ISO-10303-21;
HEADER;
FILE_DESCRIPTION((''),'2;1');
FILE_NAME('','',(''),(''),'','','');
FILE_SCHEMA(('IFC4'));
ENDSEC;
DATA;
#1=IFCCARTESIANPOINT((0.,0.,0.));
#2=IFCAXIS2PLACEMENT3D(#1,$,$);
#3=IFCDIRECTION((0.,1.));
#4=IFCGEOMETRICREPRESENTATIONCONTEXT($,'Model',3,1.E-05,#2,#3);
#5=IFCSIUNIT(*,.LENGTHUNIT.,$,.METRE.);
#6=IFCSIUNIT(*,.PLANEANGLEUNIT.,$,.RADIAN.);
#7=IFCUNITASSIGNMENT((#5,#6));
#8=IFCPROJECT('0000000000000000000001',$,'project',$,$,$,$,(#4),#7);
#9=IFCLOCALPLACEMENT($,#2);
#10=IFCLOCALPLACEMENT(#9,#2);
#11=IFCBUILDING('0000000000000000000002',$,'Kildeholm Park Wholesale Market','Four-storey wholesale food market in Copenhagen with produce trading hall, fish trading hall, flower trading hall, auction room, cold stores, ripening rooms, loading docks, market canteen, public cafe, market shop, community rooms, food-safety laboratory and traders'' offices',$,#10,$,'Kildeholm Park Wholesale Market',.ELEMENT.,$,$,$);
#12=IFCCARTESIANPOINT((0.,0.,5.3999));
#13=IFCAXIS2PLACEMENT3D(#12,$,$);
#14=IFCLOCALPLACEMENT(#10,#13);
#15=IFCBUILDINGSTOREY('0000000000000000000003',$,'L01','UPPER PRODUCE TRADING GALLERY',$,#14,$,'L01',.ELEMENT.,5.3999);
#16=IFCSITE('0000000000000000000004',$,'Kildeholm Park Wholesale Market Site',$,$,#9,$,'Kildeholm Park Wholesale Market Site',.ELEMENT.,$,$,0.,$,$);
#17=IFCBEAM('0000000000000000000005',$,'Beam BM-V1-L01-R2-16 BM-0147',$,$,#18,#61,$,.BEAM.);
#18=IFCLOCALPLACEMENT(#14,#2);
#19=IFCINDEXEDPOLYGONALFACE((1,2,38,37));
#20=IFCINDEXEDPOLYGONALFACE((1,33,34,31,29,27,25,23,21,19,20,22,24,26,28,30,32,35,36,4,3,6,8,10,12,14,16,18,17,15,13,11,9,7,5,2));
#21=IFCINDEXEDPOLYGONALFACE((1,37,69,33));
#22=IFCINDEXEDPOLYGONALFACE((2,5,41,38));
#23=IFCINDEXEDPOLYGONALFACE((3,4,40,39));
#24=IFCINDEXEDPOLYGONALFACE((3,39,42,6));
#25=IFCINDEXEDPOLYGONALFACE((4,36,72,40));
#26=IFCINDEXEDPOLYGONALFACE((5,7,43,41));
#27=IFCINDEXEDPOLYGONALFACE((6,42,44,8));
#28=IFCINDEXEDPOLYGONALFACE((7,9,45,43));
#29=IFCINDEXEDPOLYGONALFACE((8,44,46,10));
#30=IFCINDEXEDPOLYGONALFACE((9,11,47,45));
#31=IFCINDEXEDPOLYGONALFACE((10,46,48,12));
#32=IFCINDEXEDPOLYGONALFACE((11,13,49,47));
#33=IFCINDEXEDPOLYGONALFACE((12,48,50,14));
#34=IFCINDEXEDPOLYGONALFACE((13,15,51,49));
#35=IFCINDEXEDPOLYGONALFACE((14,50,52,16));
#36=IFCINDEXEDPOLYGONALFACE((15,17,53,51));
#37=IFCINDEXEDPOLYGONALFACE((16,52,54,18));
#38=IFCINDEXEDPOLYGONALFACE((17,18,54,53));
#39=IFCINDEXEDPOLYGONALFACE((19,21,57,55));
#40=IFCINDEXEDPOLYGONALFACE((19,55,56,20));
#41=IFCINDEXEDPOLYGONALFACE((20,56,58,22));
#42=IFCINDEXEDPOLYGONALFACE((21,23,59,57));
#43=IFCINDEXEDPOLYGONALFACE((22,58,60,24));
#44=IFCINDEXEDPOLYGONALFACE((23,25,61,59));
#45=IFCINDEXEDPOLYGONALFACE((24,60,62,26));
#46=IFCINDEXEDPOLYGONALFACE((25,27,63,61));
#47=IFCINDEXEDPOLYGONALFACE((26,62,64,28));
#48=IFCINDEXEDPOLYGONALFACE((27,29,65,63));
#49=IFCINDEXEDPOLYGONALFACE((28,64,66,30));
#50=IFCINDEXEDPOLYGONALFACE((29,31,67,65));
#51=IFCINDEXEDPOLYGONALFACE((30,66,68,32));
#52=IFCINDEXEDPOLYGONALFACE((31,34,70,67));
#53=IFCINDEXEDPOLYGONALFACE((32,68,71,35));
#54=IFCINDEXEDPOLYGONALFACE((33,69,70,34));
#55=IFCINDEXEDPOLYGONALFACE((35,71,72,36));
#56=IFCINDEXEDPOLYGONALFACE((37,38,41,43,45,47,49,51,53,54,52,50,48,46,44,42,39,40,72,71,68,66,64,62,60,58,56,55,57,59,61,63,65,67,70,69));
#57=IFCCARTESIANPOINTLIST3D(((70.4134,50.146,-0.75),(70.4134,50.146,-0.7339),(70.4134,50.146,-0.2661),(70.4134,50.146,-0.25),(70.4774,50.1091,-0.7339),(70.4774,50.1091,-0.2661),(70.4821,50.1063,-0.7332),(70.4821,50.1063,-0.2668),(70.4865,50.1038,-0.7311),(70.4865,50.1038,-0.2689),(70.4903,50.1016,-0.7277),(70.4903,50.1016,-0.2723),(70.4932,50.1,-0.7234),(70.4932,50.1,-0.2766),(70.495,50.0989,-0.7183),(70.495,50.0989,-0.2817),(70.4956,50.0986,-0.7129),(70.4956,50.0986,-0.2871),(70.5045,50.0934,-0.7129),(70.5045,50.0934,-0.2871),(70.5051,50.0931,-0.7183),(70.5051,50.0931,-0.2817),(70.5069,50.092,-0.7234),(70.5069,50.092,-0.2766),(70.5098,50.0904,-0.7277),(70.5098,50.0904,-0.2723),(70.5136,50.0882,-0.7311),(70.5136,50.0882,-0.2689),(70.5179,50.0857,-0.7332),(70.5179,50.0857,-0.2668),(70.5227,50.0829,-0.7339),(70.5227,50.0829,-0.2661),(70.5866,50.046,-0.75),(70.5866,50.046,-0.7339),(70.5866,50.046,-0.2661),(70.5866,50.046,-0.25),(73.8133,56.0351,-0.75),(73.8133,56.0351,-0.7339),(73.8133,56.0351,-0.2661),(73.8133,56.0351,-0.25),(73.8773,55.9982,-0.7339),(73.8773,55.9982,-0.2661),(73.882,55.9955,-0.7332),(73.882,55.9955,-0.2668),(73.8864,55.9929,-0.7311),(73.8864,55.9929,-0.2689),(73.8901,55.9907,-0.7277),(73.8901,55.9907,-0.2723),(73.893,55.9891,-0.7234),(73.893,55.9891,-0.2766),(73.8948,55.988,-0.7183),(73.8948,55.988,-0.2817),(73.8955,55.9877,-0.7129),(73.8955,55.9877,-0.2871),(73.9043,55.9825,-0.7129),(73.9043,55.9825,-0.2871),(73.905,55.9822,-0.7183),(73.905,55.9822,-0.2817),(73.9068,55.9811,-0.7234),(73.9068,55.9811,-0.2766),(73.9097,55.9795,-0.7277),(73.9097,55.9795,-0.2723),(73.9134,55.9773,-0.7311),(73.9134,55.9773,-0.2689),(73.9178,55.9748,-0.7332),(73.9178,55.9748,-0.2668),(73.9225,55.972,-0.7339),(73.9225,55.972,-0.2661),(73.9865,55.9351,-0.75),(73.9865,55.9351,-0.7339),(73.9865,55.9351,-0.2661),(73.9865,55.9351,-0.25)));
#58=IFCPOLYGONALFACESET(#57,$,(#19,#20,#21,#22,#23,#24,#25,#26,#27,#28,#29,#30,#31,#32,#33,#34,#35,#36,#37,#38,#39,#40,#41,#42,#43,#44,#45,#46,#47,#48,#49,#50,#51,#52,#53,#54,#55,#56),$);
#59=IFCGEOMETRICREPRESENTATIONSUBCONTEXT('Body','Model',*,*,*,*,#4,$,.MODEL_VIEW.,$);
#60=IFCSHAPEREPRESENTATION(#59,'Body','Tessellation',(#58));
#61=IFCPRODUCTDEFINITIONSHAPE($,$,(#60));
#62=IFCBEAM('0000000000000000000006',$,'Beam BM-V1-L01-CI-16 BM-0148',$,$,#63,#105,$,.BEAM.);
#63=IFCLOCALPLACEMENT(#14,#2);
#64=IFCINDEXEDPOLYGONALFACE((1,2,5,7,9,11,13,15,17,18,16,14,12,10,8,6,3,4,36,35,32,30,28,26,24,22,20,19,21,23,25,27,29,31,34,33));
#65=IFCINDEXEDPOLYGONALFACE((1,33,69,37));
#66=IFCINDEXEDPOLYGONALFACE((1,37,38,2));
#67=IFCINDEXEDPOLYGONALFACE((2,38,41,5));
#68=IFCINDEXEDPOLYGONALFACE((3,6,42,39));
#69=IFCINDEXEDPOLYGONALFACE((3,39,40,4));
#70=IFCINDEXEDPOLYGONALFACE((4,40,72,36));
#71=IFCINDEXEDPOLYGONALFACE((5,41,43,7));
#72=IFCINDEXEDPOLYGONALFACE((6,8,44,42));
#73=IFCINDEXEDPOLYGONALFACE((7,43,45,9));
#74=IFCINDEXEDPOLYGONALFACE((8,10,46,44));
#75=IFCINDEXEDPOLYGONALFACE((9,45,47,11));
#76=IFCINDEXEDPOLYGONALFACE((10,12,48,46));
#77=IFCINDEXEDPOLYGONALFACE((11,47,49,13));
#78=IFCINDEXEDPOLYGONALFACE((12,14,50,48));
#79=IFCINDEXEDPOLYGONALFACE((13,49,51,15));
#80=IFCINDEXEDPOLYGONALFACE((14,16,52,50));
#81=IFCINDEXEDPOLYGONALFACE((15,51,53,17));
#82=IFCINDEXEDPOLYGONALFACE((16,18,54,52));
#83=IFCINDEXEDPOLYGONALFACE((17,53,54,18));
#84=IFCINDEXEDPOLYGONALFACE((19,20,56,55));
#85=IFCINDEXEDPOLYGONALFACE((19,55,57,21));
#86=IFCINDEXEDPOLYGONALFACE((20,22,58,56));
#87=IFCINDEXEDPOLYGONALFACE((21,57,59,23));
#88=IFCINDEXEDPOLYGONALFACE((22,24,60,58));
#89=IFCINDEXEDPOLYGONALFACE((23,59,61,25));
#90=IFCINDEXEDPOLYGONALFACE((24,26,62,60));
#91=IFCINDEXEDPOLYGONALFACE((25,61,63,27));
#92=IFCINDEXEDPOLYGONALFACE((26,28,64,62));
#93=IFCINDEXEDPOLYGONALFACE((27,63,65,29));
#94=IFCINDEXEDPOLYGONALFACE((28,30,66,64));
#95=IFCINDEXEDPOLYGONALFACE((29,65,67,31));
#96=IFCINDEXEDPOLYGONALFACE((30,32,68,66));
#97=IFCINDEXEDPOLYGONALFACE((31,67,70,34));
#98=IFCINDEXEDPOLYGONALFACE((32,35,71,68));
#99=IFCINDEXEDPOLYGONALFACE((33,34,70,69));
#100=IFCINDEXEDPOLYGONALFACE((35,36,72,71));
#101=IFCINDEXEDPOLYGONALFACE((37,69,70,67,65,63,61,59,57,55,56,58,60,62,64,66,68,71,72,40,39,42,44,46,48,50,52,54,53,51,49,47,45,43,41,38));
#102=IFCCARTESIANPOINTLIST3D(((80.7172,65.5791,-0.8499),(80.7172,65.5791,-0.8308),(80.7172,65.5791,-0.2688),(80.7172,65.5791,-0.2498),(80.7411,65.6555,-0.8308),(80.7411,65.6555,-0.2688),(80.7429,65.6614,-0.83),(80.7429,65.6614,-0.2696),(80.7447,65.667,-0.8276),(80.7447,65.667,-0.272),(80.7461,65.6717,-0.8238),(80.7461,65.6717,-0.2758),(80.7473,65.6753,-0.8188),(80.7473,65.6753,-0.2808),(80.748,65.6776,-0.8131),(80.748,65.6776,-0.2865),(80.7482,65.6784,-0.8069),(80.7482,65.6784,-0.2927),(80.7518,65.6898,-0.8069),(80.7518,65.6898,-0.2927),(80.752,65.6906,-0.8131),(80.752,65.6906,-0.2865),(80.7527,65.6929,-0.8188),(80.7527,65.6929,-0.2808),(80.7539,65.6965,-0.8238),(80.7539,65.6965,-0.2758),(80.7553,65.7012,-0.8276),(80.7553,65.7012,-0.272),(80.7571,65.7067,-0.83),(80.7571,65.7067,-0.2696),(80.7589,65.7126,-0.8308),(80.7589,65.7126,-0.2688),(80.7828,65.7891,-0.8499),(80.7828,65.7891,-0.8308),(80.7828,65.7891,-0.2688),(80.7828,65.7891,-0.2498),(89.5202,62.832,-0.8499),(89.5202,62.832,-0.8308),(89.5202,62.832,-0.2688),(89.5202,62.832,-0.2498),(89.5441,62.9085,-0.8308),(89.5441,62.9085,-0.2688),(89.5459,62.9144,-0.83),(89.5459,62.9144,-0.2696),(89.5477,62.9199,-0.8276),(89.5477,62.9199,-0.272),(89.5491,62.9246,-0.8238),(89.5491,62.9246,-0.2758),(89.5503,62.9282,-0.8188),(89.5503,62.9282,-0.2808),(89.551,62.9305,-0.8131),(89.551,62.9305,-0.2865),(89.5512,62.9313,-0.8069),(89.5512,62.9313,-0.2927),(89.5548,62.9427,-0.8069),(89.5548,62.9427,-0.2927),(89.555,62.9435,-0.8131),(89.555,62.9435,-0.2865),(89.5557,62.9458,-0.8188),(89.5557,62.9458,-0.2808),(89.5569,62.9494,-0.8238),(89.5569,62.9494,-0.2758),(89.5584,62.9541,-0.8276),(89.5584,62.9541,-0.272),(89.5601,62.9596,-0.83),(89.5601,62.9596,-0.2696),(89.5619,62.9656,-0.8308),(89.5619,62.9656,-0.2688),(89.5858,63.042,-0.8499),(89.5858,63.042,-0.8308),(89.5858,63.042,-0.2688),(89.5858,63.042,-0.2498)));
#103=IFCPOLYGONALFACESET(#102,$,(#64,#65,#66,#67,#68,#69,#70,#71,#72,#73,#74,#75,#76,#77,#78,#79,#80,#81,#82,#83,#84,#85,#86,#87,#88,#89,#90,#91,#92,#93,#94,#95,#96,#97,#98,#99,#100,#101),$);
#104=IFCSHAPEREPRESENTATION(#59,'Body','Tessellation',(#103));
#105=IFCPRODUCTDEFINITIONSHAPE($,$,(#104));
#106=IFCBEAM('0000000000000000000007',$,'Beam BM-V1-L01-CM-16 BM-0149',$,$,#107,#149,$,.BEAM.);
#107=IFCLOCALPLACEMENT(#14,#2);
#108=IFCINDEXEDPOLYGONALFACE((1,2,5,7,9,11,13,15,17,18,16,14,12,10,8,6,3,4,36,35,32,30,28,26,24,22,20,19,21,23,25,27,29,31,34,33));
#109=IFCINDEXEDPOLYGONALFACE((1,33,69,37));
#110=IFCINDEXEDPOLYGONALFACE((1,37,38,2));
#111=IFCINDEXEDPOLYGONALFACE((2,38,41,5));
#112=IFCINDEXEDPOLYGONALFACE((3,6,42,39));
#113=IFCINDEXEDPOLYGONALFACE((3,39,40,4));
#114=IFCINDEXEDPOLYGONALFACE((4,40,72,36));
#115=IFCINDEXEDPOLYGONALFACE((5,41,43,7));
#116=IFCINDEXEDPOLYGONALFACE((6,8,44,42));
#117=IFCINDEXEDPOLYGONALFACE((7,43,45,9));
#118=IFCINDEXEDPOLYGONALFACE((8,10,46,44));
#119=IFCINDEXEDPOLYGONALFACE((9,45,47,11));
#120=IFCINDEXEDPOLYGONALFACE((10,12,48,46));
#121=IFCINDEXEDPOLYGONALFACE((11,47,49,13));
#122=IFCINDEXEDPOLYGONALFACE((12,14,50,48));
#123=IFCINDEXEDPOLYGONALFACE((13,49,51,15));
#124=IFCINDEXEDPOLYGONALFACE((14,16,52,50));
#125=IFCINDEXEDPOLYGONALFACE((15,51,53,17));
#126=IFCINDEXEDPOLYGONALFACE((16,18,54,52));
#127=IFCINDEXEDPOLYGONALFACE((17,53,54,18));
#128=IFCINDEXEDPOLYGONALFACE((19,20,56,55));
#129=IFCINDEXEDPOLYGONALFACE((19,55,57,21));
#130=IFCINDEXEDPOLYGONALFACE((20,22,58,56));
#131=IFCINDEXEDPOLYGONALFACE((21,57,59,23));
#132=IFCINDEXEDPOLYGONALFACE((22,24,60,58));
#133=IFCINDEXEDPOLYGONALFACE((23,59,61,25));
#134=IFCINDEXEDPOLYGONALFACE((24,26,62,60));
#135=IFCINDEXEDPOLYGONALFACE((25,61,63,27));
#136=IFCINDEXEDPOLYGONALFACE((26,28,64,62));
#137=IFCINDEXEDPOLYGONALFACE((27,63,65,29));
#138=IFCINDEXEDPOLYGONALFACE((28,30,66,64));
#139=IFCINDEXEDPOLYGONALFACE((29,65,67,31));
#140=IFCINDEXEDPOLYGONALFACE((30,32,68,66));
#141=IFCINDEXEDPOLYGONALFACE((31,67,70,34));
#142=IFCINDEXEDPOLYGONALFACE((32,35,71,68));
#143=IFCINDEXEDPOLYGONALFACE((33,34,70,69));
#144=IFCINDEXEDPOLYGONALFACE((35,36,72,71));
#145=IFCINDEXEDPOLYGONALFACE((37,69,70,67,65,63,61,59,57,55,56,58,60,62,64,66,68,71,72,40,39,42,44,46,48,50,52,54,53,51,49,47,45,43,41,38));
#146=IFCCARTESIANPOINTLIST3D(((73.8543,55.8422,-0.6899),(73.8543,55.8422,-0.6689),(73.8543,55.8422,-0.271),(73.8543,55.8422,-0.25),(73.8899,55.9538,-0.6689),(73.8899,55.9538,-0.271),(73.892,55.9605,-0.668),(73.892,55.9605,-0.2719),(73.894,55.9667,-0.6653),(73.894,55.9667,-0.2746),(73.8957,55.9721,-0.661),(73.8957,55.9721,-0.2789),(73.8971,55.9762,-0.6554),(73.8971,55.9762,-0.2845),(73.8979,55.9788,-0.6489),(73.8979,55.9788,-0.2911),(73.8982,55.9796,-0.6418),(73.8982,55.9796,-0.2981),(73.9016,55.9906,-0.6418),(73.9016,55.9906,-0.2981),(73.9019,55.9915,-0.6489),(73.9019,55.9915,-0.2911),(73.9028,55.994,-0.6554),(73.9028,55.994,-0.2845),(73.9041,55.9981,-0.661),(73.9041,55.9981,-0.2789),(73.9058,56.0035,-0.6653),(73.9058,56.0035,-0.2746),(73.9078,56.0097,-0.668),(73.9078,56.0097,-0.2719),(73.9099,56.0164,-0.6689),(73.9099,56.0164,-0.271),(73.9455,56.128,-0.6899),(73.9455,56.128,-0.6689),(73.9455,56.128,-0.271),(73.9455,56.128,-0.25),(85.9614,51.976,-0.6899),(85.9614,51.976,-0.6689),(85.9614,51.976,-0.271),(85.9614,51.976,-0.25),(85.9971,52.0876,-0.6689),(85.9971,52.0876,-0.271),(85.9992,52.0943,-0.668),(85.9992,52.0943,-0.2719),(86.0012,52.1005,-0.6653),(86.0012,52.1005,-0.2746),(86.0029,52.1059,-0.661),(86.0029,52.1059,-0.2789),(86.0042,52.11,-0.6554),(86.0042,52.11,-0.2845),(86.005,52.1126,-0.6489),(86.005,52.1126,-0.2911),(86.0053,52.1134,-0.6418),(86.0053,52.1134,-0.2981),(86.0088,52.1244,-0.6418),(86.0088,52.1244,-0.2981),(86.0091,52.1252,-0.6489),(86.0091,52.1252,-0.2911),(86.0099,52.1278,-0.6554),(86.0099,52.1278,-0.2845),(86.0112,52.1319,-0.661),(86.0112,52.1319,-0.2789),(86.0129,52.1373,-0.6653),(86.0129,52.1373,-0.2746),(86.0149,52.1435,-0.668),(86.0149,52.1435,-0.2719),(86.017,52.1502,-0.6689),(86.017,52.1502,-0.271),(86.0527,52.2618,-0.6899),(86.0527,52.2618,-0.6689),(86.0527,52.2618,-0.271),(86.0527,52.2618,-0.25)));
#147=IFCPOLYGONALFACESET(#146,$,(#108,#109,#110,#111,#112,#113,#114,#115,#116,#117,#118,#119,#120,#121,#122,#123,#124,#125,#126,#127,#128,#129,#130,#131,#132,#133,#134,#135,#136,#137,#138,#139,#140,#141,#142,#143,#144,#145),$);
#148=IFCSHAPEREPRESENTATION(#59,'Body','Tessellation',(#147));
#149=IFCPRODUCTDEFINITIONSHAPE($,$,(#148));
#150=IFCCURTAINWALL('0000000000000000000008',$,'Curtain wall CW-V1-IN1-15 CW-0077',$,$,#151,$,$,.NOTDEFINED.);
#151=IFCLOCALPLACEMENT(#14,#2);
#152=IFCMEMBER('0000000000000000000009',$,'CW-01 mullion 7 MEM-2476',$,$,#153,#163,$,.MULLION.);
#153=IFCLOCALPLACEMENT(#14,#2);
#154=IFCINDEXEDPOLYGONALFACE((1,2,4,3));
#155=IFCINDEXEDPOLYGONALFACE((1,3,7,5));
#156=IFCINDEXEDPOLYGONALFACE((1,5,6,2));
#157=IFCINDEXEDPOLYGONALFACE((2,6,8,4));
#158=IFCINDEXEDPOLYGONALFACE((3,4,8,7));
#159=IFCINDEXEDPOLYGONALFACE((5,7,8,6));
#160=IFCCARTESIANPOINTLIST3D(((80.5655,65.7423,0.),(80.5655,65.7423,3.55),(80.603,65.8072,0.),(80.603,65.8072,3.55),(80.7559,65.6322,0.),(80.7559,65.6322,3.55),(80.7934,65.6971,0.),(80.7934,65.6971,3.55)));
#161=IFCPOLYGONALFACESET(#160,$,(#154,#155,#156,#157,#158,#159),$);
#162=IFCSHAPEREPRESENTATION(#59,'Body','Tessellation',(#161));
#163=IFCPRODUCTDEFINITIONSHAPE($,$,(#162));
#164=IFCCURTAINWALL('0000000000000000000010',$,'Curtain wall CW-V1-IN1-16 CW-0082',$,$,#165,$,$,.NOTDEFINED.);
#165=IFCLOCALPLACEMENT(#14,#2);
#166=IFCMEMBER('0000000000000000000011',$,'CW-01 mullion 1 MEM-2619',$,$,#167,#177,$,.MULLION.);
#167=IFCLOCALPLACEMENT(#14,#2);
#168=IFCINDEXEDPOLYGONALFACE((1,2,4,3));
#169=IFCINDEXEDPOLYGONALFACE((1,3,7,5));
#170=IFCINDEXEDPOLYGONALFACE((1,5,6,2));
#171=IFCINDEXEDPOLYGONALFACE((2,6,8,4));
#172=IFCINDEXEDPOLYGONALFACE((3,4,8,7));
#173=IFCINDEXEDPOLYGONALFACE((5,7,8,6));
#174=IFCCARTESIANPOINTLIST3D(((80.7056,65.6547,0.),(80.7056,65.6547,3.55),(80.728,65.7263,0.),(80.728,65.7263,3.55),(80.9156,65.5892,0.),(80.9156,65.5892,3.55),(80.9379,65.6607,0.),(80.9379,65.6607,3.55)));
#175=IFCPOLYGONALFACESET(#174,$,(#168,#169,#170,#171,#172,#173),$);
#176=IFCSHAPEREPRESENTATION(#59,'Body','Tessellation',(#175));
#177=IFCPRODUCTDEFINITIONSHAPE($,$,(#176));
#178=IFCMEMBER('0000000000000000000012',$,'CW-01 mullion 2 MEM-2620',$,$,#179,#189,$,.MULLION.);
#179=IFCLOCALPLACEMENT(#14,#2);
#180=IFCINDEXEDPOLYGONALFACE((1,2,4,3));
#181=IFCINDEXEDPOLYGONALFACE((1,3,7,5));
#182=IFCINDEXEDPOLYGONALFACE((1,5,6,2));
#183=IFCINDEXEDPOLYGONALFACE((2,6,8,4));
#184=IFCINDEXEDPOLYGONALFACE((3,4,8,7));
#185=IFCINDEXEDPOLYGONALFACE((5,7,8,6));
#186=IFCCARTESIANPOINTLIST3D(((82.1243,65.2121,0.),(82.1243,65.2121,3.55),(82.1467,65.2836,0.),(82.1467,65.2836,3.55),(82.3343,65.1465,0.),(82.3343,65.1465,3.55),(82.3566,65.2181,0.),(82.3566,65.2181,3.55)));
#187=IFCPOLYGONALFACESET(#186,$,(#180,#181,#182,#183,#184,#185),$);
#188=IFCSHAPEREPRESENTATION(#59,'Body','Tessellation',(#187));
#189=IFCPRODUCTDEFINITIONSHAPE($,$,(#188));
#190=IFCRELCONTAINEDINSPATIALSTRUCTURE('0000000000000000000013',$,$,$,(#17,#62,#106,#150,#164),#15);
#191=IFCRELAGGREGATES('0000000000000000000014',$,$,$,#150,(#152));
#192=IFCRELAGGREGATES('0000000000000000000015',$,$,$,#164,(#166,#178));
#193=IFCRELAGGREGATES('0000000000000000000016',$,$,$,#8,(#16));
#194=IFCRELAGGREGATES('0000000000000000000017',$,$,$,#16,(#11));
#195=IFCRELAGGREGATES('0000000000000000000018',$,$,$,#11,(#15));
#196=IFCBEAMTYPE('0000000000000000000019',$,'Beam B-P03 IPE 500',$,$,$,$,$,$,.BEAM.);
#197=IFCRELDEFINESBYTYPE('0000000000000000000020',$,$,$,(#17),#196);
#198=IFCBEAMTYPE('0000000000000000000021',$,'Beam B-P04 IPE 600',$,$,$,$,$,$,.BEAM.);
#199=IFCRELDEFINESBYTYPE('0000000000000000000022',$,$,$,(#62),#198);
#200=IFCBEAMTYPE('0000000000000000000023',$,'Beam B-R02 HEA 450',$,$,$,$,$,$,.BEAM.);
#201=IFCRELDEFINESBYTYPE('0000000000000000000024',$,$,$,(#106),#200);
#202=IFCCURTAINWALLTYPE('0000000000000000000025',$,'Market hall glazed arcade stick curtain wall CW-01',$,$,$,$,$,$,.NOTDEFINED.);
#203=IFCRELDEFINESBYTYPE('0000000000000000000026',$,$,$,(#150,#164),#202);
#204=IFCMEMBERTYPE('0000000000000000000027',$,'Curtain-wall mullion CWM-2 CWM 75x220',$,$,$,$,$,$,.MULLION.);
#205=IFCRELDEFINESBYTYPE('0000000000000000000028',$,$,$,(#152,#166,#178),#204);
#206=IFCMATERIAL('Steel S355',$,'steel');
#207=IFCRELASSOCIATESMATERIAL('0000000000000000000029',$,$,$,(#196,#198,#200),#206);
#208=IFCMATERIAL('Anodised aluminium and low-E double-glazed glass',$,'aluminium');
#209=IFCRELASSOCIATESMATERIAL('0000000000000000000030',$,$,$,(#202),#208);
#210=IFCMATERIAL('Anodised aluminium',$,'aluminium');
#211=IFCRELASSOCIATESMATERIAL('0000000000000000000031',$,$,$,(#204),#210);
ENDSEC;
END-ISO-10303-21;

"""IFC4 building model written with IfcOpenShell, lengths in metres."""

from ifc_helpers import new_model, si_unit, direction, frame, origin, origin_2d, place, context, subcontext, project, spatial, rectangle, i_section, extrude, material, material_profile, profile_set, type_object, element, aggregate, save


model = new_model("IFC4")

# Units and contexts
model_context = context("Model", 3, precision=1e-05, world=origin(), true_north=direction((0.0, 1.0)))
body_context = subcontext(model_context, "Body", "Model", "MODEL_VIEW")
ifc_project = project(units=[si_unit("LENGTHUNIT", "METRE"), si_unit("PLANEANGLEUNIT", "RADIAN")], contexts=[model_context])

# Site, building, storey
site_placement = place(None, origin())
site = spatial("IfcSite", under=ifc_project, at=site_placement, Name="Kildeholm Park Wholesale Market Site", LongName="Kildeholm Park Wholesale Market Site", CompositionType="ELEMENT", RefElevation=0.0)
building_placement = place(site_placement, origin())
building = spatial("IfcBuilding", under=site, at=building_placement, Name="Kildeholm Park Wholesale Market", Description="Four-storey wholesale food market in Copenhagen with produce trading hall, fish trading hall, flower trading hall, auction room, cold stores, ripening rooms, loading docks, market canteen, public cafe, market shop, community rooms, food-safety laboratory and traders' offices", LongName="Kildeholm Park Wholesale Market", CompositionType="ELEMENT")
storey_placement = place(building_placement, frame((0.0, 0.0, 5.3999)))
storey = spatial("IfcBuildingStorey", under=building, at=storey_placement, Name="L01", Description="UPPER PRODUCE TRADING GALLERY", LongName="L01", CompositionType="ELEMENT", Elevation=5.3999)

# Shared definitions
ifc_material_1 = material(Name="Steel S355", Category="steel")

# Beams
ifc_material_profile_1 = material_profile(ifc_material_1, i_section(OverallWidth=0.2, OverallDepth=0.5, WebThickness=0.0103, FlangeThickness=0.0161, FilletRadius=0.021, at=origin_2d()), Name="IPE 500")
ifc_profile_set_1 = profile_set([ifc_material_profile_1], Name="Steel S355")
beam_type_1 = type_object("IfcBeamType", Name="Beam B-P03 IPE 500", PredefinedType="BEAM", material=ifc_profile_set_1)
beam_1_placement = place(storey_placement, frame((73.8999, 55.9851, -0.5), z_axis=(-0.499977, -0.866039, 0.0), x_axis=(0.866039, -0.499977, 0.0)))
element("IfcBeam", 1, at=beam_1_placement, inside=storey, type_object=beam_type_1, Name="Beam BM-V1-L01-R2-16 BM-0147", PredefinedType="BEAM", context=body_context, shape_type="SweptSolid", body=[
    extrude(i_section(OverallWidth=0.2, OverallDepth=0.5, WebThickness=0.0103, FlangeThickness=0.0161, FilletRadius=0.021, at=origin_2d()), origin(), (0.0, 0.0, 1.0), 6.8),
])
ifc_material_profile_2 = material_profile(ifc_material_1, i_section(OverallWidth=0.22, OverallDepth=0.6001, WebThickness=0.012, FlangeThickness=0.019, FilletRadius=0.0239, at=origin_2d()), Name="IPE 600")
ifc_profile_set_2 = profile_set([ifc_material_profile_2], Name="Steel S355")
beam_type_2 = type_object("IfcBeamType", Name="Beam B-P04 IPE 600", PredefinedType="BEAM", material=ifc_profile_set_2)
beam_2_placement = place(storey_placement, frame((80.75, 65.6841, -0.5498), z_axis=(0.954599, -0.297894, 0.0), x_axis=(0.297894, 0.954599, 0.0)))
element("IfcBeam", 2, at=beam_2_placement, inside=storey, type_object=beam_type_2, Name="Beam BM-V1-L01-CI-16 BM-0148", PredefinedType="BEAM", context=body_context, shape_type="SweptSolid", body=[
    extrude(i_section(OverallWidth=0.22, OverallDepth=0.6001, WebThickness=0.012, FlangeThickness=0.019, FilletRadius=0.0239, at=origin_2d()), origin(), (0.0, 0.0, 1.0), 9.2217),
])
ifc_material_profile_3 = material_profile(ifc_material_1, i_section(OverallWidth=0.3, OverallDepth=0.4399, WebThickness=0.0115, FlangeThickness=0.021, FilletRadius=0.0271, at=origin_2d()), Name="HEA 450")
ifc_profile_set_3 = profile_set([ifc_material_profile_3], Name="Steel S355")
beam_type_3 = type_object("IfcBeamType", Name="Beam B-R02 HEA 450", PredefinedType="BEAM", material=ifc_profile_set_3)
beam_3_placement = place(storey_placement, frame((73.8999, 55.9851, -0.47), z_axis=(0.952609, -0.304199, 0.0), x_axis=(0.304199, 0.952609, 0.0)))
element("IfcBeam", 3, at=beam_3_placement, inside=storey, type_object=beam_type_3, Name="Beam BM-V1-L01-CM-16 BM-0149", PredefinedType="BEAM", context=body_context, shape_type="SweptSolid", body=[
    extrude(i_section(OverallWidth=0.3, OverallDepth=0.4399, WebThickness=0.0115, FlangeThickness=0.021, FilletRadius=0.0271, at=origin_2d()), origin(), (0.0, 0.0, 1.0), 12.7095),
])

# Curtain wall, member
ifc_material_2 = material(Name="Anodised aluminium and low-E double-glazed glass", Category="aluminium")
curtain_wall_type = type_object("IfcCurtainWallType", Name="Market hall glazed arcade stick curtain wall CW-01", PredefinedType="NOTDEFINED", material=ifc_material_2)
curtain_wall_1_placement = place(storey_placement, origin())
curtain_wall_1 = element("IfcCurtainWall", 4, at=curtain_wall_1_placement, inside=storey, type_object=curtain_wall_type, Name="Curtain wall CW-V1-IN1-15 CW-0077", PredefinedType="NOTDEFINED")
ifc_material_3 = material(Name="Anodised aluminium", Category="aluminium")
ifc_material_profile_4 = material_profile(ifc_material_3, rectangle(XDim=0.075, YDim=0.22, at=origin_2d()), Name="CWM 75x220")
ifc_profile_set_4 = profile_set([ifc_material_profile_4], Name="Anodised aluminium")
member_type_1 = type_object("IfcMemberType", Name="Curtain-wall mullion CWM-2 CWM 75x220", PredefinedType="MULLION", material=ifc_profile_set_4)
member_1_placement = place(storey_placement, frame((80.6794, 65.7197, 0.0), z_axis=(0.0, 0.0, 1.0), x_axis=(0.500489, 0.865743, 0.0)))
member_1 = element("IfcMember", 5, at=member_1_placement, type_object=member_type_1, Name="CW-01 mullion 7 MEM-2476", PredefinedType="MULLION", context=body_context, shape_type="SweptSolid", body=[
    extrude(rectangle(XDim=0.075, YDim=0.22, at=origin_2d()), origin(), (0.0, 0.0, 1.0), 3.55),
])

# Curtain wall, members
curtain_wall_2_placement = place(storey_placement, origin())
curtain_wall_2 = element("IfcCurtainWall", 6, at=curtain_wall_2_placement, inside=storey, type_object=curtain_wall_type, Name="Curtain wall CW-V1-IN1-16 CW-0082", PredefinedType="NOTDEFINED")
member_2_placement = place(storey_placement, frame((80.8218, 65.6577, 0.0), z_axis=(0.0, 0.0, 1.0), x_axis=(0.297957, 0.954579, 0.0)))
member_2 = element("IfcMember", 7, at=member_2_placement, type_object=member_type_1, Name="CW-01 mullion 1 MEM-2619", PredefinedType="MULLION", context=body_context, shape_type="SweptSolid", body=[
    extrude(rectangle(XDim=0.075, YDim=0.22, at=origin_2d()), origin(), (0.0, 0.0, 1.0), 3.55),
])
member_3_placement = place(storey_placement, frame((82.2405, 65.2151, 0.0), z_axis=(0.0, 0.0, 1.0), x_axis=(0.297957, 0.954579, 0.0)))
member_3 = element("IfcMember", 8, at=member_3_placement, type_object=member_type_1, Name="CW-01 mullion 2 MEM-2620", PredefinedType="MULLION", context=body_context, shape_type="SweptSolid", body=[
    extrude(rectangle(XDim=0.075, YDim=0.22, at=origin_2d()), origin(), (0.0, 0.0, 1.0), 3.55),
])

aggregate(curtain_wall_1, [member_1])
aggregate(curtain_wall_2, [member_2, member_3])

save(model, "model.ifc")
